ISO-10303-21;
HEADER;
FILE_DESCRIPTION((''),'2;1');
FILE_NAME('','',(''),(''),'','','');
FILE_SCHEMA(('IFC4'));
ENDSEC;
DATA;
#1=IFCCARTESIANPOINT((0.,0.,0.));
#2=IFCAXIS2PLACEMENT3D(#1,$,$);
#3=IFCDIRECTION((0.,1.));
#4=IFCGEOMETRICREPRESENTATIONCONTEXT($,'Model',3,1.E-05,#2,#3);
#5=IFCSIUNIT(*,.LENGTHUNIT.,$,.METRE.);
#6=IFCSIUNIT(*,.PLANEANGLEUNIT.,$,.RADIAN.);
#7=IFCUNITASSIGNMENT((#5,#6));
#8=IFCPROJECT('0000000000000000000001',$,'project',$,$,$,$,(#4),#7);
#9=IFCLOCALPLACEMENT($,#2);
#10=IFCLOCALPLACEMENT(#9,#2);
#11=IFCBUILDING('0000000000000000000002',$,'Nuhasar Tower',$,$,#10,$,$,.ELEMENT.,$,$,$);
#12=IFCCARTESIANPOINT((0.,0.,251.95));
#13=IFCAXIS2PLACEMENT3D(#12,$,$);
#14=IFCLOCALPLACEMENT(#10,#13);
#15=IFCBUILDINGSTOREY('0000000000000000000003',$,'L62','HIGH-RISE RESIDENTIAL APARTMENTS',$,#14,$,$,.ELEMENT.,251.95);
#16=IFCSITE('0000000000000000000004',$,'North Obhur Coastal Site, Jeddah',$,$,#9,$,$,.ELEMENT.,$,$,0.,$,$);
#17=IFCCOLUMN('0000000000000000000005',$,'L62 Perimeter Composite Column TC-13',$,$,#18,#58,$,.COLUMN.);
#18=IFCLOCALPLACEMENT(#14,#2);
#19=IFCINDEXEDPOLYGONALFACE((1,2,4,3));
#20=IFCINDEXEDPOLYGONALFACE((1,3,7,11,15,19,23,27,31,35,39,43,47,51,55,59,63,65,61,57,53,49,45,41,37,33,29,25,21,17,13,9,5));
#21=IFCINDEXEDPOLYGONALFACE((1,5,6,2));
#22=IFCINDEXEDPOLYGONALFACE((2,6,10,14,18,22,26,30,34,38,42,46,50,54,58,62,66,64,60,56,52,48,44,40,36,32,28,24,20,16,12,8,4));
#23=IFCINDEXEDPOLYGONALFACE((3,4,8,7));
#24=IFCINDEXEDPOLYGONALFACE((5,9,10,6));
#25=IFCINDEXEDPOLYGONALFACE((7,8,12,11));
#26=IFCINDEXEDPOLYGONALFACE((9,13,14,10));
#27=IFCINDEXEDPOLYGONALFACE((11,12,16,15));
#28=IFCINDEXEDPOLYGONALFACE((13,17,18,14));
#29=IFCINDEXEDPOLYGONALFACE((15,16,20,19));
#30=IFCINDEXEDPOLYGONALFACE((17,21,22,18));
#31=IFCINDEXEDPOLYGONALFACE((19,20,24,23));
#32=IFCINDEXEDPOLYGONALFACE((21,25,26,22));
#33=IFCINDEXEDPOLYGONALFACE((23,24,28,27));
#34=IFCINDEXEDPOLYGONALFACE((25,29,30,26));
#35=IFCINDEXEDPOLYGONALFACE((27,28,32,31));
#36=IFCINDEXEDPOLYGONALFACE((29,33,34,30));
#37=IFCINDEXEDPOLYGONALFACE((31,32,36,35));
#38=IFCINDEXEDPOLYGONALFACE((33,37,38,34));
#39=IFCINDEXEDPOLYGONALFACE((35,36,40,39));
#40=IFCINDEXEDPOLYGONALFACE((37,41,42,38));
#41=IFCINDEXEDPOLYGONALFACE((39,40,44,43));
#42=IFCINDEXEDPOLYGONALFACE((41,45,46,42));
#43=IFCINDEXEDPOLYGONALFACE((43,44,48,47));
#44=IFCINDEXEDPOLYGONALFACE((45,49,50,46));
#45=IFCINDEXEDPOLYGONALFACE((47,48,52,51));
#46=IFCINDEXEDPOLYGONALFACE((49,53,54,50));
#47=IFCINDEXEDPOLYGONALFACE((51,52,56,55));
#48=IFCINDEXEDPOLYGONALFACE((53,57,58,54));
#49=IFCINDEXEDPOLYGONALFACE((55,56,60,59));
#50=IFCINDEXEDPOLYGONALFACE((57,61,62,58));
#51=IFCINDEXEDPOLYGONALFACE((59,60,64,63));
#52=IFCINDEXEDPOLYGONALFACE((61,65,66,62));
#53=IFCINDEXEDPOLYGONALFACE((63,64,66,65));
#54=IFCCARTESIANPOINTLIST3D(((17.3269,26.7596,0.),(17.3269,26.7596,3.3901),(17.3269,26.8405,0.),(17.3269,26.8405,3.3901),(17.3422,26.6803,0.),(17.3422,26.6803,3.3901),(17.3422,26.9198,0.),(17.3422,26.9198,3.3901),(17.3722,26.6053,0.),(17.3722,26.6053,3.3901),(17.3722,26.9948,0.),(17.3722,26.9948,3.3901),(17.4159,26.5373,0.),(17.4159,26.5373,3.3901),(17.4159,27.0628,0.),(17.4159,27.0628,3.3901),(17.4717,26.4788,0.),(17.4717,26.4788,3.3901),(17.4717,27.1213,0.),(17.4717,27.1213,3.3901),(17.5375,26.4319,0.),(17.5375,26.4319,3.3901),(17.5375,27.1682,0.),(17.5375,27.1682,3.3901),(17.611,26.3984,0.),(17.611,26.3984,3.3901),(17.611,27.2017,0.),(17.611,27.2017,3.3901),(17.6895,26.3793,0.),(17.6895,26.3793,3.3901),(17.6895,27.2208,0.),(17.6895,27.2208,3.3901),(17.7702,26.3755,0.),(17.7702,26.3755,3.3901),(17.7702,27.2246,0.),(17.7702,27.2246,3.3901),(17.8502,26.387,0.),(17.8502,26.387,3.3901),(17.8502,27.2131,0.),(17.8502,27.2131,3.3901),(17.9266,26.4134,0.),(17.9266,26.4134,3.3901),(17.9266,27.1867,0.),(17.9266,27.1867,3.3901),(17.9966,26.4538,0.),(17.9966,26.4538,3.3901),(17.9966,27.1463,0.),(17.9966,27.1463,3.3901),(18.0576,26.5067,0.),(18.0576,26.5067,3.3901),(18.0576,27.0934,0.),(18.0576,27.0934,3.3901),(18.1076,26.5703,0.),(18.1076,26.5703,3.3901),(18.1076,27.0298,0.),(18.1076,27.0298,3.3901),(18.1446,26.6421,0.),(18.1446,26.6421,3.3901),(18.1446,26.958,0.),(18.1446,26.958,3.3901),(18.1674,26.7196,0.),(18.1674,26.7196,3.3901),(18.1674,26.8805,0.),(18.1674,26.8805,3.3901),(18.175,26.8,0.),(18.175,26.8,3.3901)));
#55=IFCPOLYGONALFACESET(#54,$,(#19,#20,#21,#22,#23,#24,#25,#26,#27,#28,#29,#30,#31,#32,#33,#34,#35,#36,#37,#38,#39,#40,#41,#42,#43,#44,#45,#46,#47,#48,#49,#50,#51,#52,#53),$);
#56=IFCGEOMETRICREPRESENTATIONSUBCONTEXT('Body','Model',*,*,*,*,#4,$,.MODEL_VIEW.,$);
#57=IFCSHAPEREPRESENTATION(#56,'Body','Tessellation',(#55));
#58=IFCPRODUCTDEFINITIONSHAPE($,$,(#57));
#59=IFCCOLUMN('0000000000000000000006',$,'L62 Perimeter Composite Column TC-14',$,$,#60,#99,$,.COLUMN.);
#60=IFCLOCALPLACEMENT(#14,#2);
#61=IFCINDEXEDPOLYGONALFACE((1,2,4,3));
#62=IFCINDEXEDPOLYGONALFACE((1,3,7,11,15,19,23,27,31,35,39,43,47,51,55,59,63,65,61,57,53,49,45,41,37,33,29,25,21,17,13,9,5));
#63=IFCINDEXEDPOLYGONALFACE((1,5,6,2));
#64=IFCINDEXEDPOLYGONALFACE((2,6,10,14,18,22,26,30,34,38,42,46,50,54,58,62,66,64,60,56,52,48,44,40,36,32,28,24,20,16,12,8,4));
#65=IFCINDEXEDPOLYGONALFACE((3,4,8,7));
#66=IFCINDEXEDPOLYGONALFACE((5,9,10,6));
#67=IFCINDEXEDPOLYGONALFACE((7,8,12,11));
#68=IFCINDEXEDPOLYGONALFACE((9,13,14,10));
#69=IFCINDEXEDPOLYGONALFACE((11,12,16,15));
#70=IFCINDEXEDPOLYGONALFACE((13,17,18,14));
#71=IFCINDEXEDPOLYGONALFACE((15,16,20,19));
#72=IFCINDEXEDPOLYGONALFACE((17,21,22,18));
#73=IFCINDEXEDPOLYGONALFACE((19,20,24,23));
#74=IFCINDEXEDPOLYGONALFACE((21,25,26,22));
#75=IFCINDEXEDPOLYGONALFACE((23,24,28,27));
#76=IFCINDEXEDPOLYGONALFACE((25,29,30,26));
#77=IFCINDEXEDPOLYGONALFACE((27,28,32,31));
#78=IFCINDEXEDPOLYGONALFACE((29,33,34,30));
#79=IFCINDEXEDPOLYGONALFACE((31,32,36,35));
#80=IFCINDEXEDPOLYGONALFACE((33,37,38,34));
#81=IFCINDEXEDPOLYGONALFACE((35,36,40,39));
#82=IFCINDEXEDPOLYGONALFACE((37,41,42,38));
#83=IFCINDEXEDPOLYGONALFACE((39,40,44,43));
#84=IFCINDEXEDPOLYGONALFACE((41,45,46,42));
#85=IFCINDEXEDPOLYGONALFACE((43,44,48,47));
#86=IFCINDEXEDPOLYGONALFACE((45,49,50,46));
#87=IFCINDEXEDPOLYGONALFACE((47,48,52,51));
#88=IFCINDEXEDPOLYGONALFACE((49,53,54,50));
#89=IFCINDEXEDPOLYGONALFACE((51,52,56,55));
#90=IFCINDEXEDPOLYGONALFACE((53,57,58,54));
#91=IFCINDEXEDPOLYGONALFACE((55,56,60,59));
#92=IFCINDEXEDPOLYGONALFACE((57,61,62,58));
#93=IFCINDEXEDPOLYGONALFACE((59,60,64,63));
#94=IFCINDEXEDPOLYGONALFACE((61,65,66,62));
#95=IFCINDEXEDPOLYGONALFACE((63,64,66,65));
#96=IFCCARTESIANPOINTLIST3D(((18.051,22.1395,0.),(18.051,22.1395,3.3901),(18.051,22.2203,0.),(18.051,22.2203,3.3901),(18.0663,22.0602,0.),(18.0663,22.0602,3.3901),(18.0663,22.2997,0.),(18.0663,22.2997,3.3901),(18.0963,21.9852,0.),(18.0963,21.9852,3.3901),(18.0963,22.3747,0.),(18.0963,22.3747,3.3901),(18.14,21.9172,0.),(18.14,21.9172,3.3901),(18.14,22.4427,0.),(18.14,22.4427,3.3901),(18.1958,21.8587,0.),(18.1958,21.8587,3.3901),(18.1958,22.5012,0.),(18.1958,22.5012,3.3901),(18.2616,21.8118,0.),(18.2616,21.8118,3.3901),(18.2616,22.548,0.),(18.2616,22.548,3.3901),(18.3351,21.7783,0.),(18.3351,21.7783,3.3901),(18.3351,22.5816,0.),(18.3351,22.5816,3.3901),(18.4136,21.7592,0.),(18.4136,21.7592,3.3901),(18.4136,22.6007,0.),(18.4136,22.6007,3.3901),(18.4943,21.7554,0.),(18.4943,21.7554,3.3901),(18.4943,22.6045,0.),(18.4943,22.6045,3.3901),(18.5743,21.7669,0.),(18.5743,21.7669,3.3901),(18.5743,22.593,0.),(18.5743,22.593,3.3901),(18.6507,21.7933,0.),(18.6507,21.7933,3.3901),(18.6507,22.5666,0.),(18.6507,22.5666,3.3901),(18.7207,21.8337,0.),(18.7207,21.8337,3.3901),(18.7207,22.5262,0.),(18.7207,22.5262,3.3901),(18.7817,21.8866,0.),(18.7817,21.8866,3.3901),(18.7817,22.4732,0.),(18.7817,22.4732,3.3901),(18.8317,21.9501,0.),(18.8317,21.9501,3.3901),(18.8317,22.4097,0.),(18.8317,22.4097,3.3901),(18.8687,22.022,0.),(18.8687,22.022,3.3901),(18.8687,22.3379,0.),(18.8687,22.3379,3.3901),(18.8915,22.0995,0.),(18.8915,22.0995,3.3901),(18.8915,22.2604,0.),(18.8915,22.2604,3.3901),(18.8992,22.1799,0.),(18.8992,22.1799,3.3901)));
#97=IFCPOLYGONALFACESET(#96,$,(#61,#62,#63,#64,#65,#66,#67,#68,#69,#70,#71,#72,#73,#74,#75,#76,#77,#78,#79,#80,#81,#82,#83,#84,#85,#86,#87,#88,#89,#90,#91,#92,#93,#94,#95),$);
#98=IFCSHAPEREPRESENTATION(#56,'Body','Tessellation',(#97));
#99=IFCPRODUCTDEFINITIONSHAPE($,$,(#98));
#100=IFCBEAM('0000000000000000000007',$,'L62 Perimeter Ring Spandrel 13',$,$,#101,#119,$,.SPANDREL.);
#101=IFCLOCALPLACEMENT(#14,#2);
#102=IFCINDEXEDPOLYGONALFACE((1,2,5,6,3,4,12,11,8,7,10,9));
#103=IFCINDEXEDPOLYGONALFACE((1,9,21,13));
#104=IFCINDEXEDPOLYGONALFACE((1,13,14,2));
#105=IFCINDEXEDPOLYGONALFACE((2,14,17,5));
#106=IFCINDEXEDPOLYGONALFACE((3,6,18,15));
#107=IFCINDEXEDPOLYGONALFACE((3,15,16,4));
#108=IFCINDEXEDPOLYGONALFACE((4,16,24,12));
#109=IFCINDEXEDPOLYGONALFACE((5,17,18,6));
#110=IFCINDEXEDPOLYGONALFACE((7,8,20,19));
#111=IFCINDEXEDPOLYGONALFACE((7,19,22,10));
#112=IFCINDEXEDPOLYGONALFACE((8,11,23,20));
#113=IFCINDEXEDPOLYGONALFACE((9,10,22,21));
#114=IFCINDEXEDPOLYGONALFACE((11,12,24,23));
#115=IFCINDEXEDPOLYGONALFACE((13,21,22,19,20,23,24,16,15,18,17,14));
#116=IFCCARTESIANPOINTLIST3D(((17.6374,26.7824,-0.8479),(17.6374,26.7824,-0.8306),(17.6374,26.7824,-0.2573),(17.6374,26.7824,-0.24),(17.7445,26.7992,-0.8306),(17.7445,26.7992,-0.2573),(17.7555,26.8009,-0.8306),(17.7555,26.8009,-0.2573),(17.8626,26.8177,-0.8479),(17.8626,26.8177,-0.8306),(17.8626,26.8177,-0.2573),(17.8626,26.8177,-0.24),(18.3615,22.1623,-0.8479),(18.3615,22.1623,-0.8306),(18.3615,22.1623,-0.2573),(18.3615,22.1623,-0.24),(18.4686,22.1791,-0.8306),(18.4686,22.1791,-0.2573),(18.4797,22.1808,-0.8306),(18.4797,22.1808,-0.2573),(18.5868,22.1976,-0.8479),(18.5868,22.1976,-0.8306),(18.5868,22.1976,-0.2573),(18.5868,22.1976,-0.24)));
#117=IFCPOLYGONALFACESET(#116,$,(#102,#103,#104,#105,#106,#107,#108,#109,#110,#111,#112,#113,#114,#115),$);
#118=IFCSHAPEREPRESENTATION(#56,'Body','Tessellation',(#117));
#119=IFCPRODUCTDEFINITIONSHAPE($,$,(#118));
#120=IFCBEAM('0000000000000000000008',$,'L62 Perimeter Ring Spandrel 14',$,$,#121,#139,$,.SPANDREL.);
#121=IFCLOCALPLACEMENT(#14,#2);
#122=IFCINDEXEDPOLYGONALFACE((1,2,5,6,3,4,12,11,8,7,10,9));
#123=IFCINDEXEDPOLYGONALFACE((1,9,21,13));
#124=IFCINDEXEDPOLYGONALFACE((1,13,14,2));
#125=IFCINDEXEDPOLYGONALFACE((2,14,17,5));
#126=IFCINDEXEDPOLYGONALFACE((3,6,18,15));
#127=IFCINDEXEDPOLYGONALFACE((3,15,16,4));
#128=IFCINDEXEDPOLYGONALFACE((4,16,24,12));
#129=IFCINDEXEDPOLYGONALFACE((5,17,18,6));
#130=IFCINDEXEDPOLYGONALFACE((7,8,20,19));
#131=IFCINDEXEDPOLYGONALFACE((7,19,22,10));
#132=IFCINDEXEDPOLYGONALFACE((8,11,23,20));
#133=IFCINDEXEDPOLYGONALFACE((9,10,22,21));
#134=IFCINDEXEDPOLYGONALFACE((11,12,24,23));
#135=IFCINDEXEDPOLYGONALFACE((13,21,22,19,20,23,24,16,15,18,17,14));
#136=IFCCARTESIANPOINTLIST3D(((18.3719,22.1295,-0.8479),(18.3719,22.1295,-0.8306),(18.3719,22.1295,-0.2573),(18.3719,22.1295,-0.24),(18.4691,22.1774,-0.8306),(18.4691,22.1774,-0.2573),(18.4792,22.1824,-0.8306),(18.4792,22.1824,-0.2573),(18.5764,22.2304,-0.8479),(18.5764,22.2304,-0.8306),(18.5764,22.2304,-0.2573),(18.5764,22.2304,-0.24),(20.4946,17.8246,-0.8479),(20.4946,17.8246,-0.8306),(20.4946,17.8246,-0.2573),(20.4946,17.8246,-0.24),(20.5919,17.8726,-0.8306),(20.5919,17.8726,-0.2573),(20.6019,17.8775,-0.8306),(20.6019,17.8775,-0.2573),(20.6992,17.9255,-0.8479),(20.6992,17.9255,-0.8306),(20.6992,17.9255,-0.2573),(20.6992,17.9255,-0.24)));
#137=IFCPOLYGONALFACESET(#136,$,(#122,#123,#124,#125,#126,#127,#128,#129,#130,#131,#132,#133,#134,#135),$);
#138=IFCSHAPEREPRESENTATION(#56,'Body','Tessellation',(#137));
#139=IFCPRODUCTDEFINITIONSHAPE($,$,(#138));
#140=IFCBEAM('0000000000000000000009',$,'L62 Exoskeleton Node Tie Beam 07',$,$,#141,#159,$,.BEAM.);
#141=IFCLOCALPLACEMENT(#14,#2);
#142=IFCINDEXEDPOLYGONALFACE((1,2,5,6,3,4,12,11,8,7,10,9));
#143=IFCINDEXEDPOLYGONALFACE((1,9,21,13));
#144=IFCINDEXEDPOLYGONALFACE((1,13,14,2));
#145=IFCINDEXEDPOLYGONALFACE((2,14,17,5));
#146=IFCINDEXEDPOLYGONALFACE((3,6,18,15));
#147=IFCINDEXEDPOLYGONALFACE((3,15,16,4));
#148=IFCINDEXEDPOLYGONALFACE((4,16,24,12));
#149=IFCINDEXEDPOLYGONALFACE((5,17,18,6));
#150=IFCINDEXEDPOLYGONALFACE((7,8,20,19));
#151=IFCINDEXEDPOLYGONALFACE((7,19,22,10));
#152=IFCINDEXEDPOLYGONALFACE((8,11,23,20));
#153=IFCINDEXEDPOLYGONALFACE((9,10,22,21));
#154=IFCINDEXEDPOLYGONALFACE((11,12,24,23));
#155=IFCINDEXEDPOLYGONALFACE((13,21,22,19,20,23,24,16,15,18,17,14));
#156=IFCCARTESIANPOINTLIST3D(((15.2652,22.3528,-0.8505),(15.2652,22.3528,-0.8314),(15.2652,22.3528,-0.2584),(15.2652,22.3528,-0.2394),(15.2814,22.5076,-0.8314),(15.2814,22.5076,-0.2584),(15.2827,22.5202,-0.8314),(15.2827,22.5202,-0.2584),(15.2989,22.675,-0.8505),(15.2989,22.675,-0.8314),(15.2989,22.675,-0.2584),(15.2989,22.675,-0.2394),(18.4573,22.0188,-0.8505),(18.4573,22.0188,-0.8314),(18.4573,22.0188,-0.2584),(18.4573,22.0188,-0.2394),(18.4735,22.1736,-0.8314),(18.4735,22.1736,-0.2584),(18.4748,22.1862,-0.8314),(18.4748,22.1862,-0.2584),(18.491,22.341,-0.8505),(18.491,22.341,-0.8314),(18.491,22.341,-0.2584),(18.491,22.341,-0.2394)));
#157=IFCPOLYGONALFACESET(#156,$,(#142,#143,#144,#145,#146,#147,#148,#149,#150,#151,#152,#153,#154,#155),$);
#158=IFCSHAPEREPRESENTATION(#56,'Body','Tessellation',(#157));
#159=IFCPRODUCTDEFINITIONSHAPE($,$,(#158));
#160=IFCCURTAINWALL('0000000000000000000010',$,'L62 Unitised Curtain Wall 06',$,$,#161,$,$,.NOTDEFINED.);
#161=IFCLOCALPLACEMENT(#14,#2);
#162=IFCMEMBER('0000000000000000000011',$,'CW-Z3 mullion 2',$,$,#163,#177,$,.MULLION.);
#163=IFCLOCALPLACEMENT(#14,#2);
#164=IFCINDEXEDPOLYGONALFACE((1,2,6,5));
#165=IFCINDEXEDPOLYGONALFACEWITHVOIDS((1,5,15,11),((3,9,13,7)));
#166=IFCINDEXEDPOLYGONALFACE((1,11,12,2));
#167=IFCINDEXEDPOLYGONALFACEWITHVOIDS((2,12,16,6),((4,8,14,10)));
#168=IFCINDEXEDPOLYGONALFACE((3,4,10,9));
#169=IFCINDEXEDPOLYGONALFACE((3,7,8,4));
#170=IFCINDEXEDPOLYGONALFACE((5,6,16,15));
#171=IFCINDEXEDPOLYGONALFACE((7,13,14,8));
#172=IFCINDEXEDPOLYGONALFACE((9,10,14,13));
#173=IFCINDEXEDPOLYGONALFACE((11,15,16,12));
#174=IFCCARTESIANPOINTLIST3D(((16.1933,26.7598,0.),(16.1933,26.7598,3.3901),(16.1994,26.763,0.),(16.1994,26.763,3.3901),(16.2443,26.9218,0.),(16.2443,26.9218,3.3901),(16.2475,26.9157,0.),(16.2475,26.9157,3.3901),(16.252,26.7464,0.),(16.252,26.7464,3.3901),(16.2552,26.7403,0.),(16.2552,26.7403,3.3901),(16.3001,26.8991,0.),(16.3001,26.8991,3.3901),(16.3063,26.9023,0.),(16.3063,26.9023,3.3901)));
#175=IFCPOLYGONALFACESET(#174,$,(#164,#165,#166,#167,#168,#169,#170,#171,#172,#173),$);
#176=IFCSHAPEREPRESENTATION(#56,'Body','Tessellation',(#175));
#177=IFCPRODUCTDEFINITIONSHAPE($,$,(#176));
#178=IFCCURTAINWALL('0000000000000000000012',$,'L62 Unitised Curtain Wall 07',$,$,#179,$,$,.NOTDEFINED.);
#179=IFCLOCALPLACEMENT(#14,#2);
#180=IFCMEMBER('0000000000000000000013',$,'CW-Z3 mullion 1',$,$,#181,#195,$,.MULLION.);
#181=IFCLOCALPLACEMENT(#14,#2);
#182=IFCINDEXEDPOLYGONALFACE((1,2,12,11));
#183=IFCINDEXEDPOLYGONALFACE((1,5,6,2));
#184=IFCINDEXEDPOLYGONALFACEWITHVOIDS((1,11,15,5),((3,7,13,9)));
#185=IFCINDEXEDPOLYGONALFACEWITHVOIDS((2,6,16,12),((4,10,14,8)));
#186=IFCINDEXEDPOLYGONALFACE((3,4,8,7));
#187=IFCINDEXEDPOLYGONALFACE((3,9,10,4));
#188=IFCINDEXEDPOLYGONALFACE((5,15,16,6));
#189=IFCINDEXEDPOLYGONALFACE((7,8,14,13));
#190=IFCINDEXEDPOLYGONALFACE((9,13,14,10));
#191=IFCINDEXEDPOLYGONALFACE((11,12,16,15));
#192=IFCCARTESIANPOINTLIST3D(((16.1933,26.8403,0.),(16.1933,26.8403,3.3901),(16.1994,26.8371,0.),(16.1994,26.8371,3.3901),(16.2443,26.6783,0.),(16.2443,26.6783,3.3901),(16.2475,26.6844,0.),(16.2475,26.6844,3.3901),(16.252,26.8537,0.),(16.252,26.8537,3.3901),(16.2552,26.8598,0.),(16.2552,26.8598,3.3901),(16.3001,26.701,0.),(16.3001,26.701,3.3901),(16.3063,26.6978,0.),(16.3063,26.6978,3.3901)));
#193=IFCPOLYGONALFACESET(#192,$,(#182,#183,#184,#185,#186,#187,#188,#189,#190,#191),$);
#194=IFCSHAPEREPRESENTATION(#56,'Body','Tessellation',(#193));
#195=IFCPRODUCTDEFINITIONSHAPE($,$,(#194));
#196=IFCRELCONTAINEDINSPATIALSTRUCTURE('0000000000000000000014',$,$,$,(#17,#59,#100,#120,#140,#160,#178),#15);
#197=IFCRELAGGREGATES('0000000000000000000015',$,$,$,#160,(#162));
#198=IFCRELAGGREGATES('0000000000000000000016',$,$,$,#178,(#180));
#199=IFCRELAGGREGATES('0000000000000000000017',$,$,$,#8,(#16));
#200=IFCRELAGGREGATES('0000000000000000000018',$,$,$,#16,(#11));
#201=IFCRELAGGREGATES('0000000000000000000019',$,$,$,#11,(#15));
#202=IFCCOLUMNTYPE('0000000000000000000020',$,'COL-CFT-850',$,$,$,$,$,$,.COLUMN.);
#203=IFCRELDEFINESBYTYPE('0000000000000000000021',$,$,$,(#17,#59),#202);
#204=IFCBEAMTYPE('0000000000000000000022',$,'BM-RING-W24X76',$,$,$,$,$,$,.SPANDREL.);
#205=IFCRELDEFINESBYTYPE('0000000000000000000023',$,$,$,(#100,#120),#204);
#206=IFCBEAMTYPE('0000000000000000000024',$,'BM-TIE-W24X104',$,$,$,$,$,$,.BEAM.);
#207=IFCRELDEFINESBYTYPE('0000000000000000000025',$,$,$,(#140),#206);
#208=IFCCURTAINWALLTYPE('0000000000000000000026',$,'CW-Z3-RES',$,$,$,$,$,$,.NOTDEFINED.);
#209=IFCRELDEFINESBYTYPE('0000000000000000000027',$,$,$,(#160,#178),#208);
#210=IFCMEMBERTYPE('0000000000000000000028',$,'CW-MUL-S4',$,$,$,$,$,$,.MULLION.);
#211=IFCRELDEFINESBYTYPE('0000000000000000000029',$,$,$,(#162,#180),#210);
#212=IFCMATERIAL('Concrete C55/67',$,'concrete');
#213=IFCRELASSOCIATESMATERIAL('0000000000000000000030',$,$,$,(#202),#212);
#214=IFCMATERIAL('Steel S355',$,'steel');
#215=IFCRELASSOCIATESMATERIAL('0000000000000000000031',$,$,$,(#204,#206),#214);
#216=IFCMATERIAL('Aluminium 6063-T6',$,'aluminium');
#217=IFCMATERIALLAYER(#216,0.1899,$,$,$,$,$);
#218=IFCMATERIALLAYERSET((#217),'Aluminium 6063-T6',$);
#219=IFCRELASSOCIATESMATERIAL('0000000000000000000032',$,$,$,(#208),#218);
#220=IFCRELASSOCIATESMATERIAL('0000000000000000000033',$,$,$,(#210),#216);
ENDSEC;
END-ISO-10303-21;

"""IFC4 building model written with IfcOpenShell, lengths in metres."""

from ifc_helpers import new_model, si_unit, direction, frame, origin, origin_2d, place, context, subcontext, project, spatial, hollow_rectangle, circle, i_section, extrude, material, layer, layer_set, material_profile, profile_set, type_object, element, aggregate, save


model = new_model("IFC4")

# Units and contexts
model_context = context("Model", 3, precision=1e-05, world=origin(), true_north=direction((0.0, 1.0)))
body_context = subcontext(model_context, "Body", "Model", "MODEL_VIEW")
ifc_project = project(units=[si_unit("LENGTHUNIT", "METRE"), si_unit("PLANEANGLEUNIT", "RADIAN")], contexts=[model_context])

# Site, building, storey
site_placement = place(None, origin())
site = spatial("IfcSite", under=ifc_project, at=site_placement, Name="North Obhur Coastal Site, Jeddah", CompositionType="ELEMENT", RefElevation=0.0)
building_placement = place(site_placement, origin())
building = spatial("IfcBuilding", under=site, at=building_placement, Name="Nuhasar Tower", CompositionType="ELEMENT")
storey_placement = place(building_placement, frame((0.0, 0.0, 251.95)))
storey = spatial("IfcBuildingStorey", under=building, at=storey_placement, Name="L62", Description="HIGH-RISE RESIDENTIAL APARTMENTS", CompositionType="ELEMENT", Elevation=251.95)

# Columns
ifc_material_1 = material(Name="Concrete C55/67", Category="concrete")
ifc_material_profile_1 = material_profile(ifc_material_1, circle(Radius=0.425, at=origin_2d()), Name="CFT850")
ifc_profile_set_1 = profile_set([ifc_material_profile_1], Name="Concrete C55/67")
column_type = type_object("IfcColumnType", Name="COL-CFT-850", PredefinedType="COLUMN", material=ifc_profile_set_1)
for number, where, z_axis, x_axis, name in (
    (1, (17.75, 26.8, 0.0), (0.0, 0.0, 1.0), (1.0, 0.0, 0.0), "L62 Perimeter Composite Column TC-13"),
    (2, (18.4741, 22.1799, 0.0), (0.0, 0.0, 1.0), (1.0, 0.0, 0.0), "L62 Perimeter Composite Column TC-14"),
):
    element("IfcColumn", number, at=place(storey_placement, frame(where, z_axis=z_axis, x_axis=x_axis)), inside=storey, type_object=column_type, Name=name, PredefinedType="COLUMN", context=body_context, shape_type="SweptSolid", body=[
        extrude(circle(Radius=0.425, at=origin_2d()), origin(), (0.0, 0.0, 1.0), 3.3901),
    ])

# Beams
ifc_material_2 = material(Name="Steel S355", Category="steel")
ifc_material_profile_2 = material_profile(ifc_material_2, i_section(OverallWidth=0.228, OverallDepth=0.6079, WebThickness=0.0112, FlangeThickness=0.0173, at=origin_2d()), Name="W24X76")
ifc_profile_set_2 = profile_set([ifc_material_profile_2], Name="Steel S355")
beam_type_1 = type_object("IfcBeamType", Name="BM-RING-W24X76", PredefinedType="SPANDREL", material=ifc_profile_set_2)
beam_1_placement = place(storey_placement, frame((17.75, 26.8, -0.5439), z_axis=(0.154842, -0.987939, 0.0), x_axis=(0.987939, 0.154842, 0.0)))
element("IfcBeam", 3, at=beam_1_placement, inside=storey, type_object=beam_type_1, Name="L62 Perimeter Ring Spandrel 13", PredefinedType="SPANDREL", context=body_context, shape_type="SweptSolid", body=[
    extrude(i_section(OverallWidth=0.228, OverallDepth=0.6079, WebThickness=0.0112, FlangeThickness=0.0173, at=origin_2d()), origin(), (0.0, 0.0, 1.0), 4.6765),
])
beam_2_placement = place(storey_placement, frame((18.4741, 22.1799, -0.5439), z_axis=(0.442263, -0.896886, 0.0), x_axis=(0.896886, 0.442263, 0.0)))
element("IfcBeam", 4, at=beam_2_placement, inside=storey, type_object=beam_type_1, Name="L62 Perimeter Ring Spandrel 14", PredefinedType="SPANDREL", context=body_context, shape_type="SweptSolid", body=[
    extrude(i_section(OverallWidth=0.228, OverallDepth=0.6079, WebThickness=0.0112, FlangeThickness=0.0173, at=origin_2d()), origin(), (0.0, 0.0, 1.0), 4.7998),
])
ifc_material_profile_3 = material_profile(ifc_material_2, i_section(OverallWidth=0.324, OverallDepth=0.6111, WebThickness=0.0127, FlangeThickness=0.019, at=origin_2d()), Name="W24X104")
ifc_profile_set_3 = profile_set([ifc_material_profile_3], Name="Steel S355")
beam_type_2 = type_object("IfcBeamType", Name="BM-TIE-W24X104", PredefinedType="BEAM", material=ifc_profile_set_3)
beam_3_placement = place(storey_placement, frame((18.4741, 22.1799, -0.5449), z_axis=(-0.994571, 0.104059, 0.0), x_axis=(-0.104059, -0.994571, 0.0)))
element("IfcBeam", 5, at=beam_3_placement, inside=storey, type_object=beam_type_2, Name="L62 Exoskeleton Node Tie Beam 07", PredefinedType="BEAM", context=body_context, shape_type="SweptSolid", body=[
    extrude(i_section(OverallWidth=0.324, OverallDepth=0.6111, WebThickness=0.0127, FlangeThickness=0.019, at=origin_2d()), origin(), (0.0, 0.0, 1.0), 3.2095),
])

# Curtain wall, member
ifc_material_3 = material(Name="Aluminium 6063-T6", Category="aluminium")
ifc_layer_1 = layer(ifc_material_3, 0.1899)
ifc_layer_set_1 = layer_set([ifc_layer_1], Name="Aluminium 6063-T6")
curtain_wall_type = type_object("IfcCurtainWallType", Name="CW-Z3-RES", PredefinedType="NOTDEFINED", material=ifc_layer_set_1)
curtain_wall_1_placement = place(storey_placement, origin())
curtain_wall_1 = element("IfcCurtainWall", 6, at=curtain_wall_1_placement, inside=storey, type_object=curtain_wall_type, Name="L62 Unitised Curtain Wall 06", PredefinedType="NOTDEFINED")
ifc_material_profile_4 = material_profile(ifc_material_3, hollow_rectangle(XDim=0.0649, YDim=0.1699, WallThickness=0.0049, at=origin_2d()), Name="CWM-4")
ifc_profile_set_4 = profile_set([ifc_material_profile_4], Name="Aluminium 6063-T6")
member_type_1 = type_object("IfcMemberType", Name="CW-MUL-S4", PredefinedType="MULLION", material=ifc_profile_set_4)
member_1_placement = place(storey_placement, frame((16.2498, 26.8311, 0.0), z_axis=(0.0, 0.0, 1.0), x_axis=(0.953804, -0.300429, 0.0)))
member_1 = element("IfcMember", 7, at=member_1_placement, type_object=member_type_1, Name="CW-Z3 mullion 2", PredefinedType="MULLION", context=body_context, shape_type="SweptSolid", body=[
    extrude(hollow_rectangle(XDim=0.0649, YDim=0.1699, WallThickness=0.0049, at=origin_2d()), origin(), (0.0, 0.0, 1.0), 3.3901),
])
aggregate(curtain_wall_1, [member_1])

# Curtain wall, member
curtain_wall_2_placement = place(storey_placement, origin())
curtain_wall_2 = element("IfcCurtainWall", 8, at=curtain_wall_2_placement, inside=storey, type_object=curtain_wall_type, Name="L62 Unitised Curtain Wall 07", PredefinedType="NOTDEFINED")
member_2_placement = place(storey_placement, frame((16.2498, 26.769, 0.0), z_axis=(0.0, 0.0, 1.0), x_axis=(0.953804, 0.300429, 0.0)))
member_2 = element("IfcMember", 9, at=member_2_placement, type_object=member_type_1, Name="CW-Z3 mullion 1", PredefinedType="MULLION", context=body_context, shape_type="SweptSolid", body=[
    extrude(hollow_rectangle(XDim=0.0649, YDim=0.1699, WallThickness=0.0049, at=origin_2d()), origin(), (0.0, 0.0, 1.0), 3.3901),
])

aggregate(curtain_wall_2, [member_2])

save(model, "model.ifc")
